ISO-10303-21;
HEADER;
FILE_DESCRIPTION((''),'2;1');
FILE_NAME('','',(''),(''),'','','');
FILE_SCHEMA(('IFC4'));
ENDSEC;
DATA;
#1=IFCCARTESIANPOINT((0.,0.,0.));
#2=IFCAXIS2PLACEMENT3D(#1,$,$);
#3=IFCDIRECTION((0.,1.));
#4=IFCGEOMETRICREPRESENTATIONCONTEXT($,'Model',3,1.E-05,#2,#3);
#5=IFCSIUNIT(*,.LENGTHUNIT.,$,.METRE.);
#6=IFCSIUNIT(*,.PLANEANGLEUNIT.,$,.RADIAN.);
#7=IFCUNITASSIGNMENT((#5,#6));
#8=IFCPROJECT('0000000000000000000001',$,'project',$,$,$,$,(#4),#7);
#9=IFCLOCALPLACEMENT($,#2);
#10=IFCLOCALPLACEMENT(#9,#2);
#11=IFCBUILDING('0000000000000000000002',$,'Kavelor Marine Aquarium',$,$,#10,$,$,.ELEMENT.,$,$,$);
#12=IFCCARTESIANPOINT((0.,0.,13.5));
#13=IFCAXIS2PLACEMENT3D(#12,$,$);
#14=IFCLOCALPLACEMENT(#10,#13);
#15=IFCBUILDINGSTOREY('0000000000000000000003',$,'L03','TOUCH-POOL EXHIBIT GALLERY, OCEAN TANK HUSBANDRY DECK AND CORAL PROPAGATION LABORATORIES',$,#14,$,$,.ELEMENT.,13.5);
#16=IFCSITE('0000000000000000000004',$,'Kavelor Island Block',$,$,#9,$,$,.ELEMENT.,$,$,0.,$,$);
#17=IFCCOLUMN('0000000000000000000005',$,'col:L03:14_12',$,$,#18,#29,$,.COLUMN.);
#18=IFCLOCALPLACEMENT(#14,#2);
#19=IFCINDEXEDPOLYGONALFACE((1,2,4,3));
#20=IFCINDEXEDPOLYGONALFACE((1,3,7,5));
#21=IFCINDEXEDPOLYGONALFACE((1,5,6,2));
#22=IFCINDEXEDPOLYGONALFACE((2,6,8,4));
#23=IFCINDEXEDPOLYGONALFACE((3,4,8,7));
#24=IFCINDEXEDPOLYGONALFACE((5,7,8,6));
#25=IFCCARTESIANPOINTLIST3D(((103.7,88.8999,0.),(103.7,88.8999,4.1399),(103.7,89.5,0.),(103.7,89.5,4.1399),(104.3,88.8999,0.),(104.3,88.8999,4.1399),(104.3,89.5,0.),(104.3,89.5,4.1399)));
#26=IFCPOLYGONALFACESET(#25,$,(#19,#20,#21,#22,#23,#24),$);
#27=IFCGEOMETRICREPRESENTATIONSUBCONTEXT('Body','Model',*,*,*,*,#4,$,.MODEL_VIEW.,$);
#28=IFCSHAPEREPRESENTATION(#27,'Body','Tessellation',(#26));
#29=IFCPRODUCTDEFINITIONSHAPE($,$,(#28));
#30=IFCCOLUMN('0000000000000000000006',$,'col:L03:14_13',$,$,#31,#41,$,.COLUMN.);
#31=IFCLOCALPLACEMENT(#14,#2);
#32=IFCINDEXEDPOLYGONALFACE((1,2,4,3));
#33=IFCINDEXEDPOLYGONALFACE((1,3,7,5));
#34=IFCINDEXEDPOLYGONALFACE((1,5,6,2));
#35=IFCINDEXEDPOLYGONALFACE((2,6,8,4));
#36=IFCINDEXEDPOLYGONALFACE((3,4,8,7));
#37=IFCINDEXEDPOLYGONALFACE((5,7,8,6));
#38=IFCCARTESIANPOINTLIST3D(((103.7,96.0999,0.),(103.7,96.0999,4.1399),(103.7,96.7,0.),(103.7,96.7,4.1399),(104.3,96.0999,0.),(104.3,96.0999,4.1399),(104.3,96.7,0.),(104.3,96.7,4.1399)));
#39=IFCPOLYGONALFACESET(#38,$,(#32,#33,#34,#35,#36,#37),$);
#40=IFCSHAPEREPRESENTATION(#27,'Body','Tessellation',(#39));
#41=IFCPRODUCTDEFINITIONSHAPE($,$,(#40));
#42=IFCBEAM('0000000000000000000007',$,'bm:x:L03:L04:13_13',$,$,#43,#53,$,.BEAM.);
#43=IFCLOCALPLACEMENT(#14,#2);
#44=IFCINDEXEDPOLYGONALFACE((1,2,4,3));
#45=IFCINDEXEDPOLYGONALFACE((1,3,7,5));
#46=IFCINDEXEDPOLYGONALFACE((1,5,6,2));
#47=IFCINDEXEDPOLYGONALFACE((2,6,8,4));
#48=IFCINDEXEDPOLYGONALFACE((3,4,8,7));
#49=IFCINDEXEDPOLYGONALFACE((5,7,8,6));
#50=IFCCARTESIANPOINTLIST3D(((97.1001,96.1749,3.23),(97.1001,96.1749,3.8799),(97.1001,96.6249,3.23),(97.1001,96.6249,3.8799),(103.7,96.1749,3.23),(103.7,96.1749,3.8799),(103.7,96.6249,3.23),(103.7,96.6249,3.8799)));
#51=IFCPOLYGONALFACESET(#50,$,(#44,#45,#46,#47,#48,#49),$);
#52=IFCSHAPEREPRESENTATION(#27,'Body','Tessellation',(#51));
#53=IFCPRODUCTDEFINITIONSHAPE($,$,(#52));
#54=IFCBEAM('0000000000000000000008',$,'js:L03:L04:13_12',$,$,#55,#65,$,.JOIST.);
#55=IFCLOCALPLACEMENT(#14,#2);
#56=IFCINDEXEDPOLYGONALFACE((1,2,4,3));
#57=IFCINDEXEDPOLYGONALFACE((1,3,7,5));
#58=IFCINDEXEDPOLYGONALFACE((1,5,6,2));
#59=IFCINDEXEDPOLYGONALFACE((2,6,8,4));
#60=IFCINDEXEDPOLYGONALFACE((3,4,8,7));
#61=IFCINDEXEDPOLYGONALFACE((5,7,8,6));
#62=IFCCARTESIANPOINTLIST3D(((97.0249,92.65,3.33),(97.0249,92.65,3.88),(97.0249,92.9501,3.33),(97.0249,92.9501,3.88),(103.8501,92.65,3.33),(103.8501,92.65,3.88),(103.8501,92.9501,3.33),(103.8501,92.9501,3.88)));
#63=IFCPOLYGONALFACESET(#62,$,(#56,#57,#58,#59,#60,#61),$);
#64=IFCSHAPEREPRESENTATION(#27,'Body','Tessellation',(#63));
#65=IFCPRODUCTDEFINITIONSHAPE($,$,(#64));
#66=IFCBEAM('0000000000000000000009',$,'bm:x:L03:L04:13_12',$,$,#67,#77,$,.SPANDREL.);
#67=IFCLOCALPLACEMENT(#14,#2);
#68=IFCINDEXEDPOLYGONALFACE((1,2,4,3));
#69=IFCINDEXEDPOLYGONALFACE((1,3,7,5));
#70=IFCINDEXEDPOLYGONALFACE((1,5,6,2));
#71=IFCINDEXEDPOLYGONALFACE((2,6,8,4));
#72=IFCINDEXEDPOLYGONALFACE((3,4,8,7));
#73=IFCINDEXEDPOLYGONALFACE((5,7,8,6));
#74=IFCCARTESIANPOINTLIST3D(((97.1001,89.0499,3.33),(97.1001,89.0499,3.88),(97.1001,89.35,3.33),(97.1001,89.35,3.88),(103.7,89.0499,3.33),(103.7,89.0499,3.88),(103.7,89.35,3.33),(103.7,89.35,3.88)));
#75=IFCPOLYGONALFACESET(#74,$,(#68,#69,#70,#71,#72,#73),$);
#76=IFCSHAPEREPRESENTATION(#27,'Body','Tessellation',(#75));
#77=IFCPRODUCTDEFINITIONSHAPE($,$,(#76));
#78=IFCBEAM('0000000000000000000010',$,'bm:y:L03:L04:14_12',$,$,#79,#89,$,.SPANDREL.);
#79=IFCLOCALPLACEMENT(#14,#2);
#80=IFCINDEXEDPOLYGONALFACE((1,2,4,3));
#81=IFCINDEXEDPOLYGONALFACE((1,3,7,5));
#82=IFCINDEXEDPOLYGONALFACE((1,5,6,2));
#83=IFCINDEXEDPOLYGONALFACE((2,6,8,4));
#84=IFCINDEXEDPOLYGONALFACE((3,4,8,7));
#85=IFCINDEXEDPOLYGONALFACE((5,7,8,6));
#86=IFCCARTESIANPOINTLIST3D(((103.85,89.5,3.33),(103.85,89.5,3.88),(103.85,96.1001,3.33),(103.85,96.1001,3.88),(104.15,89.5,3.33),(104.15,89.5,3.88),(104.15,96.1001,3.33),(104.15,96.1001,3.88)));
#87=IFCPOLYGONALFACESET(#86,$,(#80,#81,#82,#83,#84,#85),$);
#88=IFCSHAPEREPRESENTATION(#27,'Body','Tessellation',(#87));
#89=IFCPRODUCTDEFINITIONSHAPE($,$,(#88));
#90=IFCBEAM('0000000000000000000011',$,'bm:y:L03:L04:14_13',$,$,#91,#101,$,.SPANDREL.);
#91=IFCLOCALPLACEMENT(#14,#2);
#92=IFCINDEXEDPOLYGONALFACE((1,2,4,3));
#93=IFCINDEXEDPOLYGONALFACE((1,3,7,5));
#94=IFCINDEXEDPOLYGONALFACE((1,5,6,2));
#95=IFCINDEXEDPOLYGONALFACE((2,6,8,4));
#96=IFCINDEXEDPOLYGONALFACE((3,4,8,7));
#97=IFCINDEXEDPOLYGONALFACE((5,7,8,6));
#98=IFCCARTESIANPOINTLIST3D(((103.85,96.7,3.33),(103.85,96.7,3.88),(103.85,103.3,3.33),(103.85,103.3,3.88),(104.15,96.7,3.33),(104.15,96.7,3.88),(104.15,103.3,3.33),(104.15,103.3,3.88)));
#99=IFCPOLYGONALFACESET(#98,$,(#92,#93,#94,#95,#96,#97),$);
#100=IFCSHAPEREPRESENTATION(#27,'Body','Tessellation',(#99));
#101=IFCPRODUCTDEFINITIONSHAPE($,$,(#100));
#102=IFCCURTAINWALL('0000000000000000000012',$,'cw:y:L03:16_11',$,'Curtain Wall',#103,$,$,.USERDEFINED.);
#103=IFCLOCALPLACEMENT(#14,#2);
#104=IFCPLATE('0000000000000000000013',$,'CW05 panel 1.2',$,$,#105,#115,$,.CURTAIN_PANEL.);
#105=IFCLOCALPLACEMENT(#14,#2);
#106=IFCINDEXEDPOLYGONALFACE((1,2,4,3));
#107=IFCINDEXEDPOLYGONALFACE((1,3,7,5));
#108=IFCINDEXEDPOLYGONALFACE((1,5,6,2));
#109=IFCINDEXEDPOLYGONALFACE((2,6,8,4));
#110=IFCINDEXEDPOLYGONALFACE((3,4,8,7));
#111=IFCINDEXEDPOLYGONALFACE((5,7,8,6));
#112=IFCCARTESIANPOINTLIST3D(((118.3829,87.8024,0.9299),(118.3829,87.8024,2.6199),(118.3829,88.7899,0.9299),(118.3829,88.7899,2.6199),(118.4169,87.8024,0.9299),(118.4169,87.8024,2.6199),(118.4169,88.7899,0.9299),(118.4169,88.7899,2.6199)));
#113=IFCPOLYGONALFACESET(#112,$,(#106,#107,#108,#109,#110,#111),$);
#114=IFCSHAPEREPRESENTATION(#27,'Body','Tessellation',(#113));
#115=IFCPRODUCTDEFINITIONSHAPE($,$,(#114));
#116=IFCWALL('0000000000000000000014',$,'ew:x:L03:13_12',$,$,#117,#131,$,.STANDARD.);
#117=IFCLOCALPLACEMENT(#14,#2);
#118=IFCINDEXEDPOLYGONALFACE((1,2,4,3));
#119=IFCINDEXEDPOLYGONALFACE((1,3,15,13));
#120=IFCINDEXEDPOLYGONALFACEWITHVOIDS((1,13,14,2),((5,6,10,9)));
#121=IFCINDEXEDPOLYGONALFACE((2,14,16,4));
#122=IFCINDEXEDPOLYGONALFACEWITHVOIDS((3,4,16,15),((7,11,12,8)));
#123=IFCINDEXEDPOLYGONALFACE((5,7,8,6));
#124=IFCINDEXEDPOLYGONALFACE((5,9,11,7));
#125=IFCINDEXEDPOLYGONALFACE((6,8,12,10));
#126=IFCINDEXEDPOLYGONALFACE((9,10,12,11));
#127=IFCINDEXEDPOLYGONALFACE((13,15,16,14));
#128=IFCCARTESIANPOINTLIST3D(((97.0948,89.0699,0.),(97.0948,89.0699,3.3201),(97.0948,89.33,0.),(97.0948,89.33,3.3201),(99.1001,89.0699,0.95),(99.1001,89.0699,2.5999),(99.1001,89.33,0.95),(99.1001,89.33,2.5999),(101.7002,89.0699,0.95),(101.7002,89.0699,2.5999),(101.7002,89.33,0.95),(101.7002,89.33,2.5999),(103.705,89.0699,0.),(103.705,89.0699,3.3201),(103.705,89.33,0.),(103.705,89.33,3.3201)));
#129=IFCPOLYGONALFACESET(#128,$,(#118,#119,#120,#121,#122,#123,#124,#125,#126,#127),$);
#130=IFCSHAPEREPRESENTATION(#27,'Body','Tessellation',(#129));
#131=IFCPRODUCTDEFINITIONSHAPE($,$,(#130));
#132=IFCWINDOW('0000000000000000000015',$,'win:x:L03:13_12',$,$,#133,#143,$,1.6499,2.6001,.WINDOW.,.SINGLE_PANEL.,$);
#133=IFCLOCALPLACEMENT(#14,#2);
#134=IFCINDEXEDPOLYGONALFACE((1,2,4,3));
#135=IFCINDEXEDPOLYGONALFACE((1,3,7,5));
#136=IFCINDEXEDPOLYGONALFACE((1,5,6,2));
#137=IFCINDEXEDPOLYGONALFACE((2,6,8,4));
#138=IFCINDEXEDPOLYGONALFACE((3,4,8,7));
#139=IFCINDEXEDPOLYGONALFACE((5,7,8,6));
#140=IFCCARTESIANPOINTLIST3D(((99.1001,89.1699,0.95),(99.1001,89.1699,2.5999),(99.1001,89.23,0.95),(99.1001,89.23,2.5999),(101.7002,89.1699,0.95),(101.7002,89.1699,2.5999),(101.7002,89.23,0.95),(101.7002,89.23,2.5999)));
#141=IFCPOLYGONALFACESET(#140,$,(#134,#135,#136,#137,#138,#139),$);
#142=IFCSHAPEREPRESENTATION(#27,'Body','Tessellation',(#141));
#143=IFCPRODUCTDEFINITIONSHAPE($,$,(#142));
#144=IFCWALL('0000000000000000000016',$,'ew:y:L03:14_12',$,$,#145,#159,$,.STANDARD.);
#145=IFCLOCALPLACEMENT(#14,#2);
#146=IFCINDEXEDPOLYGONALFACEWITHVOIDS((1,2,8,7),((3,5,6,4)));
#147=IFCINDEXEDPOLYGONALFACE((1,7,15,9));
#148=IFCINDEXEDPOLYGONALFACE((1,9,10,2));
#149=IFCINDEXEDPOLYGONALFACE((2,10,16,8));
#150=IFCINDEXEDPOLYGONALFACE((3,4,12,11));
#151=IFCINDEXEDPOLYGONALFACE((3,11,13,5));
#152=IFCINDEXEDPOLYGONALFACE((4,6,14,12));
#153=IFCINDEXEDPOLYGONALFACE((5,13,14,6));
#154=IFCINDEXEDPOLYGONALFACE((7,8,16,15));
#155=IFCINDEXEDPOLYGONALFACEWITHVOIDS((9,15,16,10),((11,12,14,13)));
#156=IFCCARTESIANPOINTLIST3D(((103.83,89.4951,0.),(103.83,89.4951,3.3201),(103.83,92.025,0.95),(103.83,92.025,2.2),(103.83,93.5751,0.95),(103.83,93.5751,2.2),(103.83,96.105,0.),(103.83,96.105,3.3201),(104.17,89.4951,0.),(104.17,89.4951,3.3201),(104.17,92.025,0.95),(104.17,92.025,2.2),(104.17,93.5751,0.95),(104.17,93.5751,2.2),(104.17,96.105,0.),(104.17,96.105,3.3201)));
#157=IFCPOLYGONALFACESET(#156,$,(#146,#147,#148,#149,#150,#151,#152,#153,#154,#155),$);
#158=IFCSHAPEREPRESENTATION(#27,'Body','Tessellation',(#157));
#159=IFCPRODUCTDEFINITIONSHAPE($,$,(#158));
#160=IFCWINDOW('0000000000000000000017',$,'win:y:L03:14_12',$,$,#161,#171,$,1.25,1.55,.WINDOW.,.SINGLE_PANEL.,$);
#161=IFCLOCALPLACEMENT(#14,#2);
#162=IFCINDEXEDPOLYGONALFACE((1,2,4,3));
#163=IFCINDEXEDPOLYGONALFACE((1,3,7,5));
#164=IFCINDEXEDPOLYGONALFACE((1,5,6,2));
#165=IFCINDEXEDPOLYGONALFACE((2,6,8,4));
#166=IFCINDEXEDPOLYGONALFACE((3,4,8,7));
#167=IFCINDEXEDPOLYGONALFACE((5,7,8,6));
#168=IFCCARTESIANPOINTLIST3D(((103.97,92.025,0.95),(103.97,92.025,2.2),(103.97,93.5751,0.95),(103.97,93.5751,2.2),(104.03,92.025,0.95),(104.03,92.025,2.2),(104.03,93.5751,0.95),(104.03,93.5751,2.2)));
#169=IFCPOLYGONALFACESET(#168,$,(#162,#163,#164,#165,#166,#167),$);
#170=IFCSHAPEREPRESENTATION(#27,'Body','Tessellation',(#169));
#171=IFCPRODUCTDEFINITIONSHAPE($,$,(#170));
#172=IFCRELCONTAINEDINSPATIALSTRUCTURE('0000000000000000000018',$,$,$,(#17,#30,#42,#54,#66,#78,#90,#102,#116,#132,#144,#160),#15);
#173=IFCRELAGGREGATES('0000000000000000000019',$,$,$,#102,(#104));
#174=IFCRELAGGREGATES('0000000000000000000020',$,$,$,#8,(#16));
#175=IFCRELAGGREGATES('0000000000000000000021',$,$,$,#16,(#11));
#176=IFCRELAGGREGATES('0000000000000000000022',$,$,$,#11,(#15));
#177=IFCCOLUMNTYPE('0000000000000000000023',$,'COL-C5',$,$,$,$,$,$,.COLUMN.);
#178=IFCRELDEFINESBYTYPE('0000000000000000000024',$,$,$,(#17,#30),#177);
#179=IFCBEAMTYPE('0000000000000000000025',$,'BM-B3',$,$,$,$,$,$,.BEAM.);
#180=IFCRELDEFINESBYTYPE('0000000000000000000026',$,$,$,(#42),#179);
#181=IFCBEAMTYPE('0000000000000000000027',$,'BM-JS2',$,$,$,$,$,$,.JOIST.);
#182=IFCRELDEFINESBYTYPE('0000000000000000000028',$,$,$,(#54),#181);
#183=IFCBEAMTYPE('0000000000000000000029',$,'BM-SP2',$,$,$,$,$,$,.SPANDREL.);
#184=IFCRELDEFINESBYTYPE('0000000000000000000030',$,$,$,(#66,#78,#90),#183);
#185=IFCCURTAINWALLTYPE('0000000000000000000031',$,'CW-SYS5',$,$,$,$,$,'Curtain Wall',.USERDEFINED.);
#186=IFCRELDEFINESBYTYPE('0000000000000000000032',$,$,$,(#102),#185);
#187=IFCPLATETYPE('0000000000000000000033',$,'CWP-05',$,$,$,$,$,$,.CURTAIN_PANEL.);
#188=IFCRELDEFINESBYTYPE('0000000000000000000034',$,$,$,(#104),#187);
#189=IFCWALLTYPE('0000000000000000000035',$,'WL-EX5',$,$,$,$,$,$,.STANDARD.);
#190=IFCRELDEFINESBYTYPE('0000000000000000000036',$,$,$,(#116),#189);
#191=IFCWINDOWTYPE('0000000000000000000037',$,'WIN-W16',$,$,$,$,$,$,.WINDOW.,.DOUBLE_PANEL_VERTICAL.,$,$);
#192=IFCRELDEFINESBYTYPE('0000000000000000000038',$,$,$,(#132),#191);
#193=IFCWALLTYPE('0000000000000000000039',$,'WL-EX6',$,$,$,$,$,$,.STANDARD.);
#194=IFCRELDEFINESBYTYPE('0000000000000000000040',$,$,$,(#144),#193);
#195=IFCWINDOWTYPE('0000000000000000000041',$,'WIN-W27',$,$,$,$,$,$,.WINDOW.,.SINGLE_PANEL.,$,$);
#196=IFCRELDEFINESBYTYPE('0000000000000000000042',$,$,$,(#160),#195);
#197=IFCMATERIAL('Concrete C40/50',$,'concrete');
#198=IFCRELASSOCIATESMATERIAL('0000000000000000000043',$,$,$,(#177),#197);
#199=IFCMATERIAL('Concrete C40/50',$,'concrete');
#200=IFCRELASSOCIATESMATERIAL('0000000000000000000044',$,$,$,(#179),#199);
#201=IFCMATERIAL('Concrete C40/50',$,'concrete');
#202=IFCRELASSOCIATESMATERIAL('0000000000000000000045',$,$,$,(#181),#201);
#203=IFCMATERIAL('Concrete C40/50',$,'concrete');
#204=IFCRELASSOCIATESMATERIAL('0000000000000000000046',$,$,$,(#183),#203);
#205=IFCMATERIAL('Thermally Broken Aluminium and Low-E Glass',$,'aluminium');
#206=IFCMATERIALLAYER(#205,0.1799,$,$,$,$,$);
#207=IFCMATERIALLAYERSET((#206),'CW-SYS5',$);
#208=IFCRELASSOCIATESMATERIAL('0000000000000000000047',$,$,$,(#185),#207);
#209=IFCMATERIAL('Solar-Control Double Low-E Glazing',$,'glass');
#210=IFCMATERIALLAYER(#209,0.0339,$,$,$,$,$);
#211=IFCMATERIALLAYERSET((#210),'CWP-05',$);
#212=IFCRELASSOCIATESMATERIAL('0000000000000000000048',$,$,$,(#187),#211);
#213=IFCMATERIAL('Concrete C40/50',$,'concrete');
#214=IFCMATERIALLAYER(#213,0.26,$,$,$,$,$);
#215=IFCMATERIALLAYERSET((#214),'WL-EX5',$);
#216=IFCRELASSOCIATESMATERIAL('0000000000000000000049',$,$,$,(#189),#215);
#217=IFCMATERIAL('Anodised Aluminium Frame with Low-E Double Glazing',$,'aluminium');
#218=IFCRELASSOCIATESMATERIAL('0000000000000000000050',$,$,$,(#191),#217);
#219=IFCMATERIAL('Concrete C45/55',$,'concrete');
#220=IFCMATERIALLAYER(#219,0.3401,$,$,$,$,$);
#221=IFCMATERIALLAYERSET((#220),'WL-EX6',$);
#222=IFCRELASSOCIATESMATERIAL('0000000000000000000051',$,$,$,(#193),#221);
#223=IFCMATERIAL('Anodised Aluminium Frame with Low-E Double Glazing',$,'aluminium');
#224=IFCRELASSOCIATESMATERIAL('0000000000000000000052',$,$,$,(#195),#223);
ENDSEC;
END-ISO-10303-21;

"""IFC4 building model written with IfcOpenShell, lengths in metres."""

from ifc_helpers import new_model, si_unit, direction, frame, frame_2d, origin, origin_2d, place, context, subcontext, project, spatial, rectangle, extrude, material, layer, layer_set, material_profile, profile_set, type_object, element, fill, aggregate, save


model = new_model("IFC4")

# Units and contexts
model_context = context("Model", 3, precision=1e-05, world=origin(), true_north=direction((0.0, 1.0)))
body_context = subcontext(model_context, "Body", "Model", "MODEL_VIEW")
ifc_project = project(units=[si_unit("LENGTHUNIT", "METRE"), si_unit("PLANEANGLEUNIT", "RADIAN")], contexts=[model_context])

# Site, building, storey
site_placement = place(None, origin())
site = spatial("IfcSite", under=ifc_project, at=site_placement, Name="Kavelor Island Block", CompositionType="ELEMENT", RefElevation=0.0)
building_placement = place(site_placement, origin())
building = spatial("IfcBuilding", under=site, at=building_placement, Name="Kavelor Marine Aquarium", CompositionType="ELEMENT")
storey_placement = place(building_placement, frame((0.0, 0.0, 13.5)))
storey = spatial("IfcBuildingStorey", under=building, at=storey_placement, Name="L03", Description="TOUCH-POOL EXHIBIT GALLERY, OCEAN TANK HUSBANDRY DECK AND CORAL PROPAGATION LABORATORIES", CompositionType="ELEMENT", Elevation=13.5)

# Columns
ifc_material_1 = material(Name="Concrete C40/50", Category="concrete")
ifc_material_profile_1 = material_profile(ifc_material_1, rectangle(XDim=0.6001, YDim=0.6001, at=origin_2d()), Name="RC-COL 600x600")
ifc_profile_set_1 = profile_set([ifc_material_profile_1], Name="Concrete C40/50")
column_type = type_object("IfcColumnType", Name="COL-C5", PredefinedType="COLUMN", material=ifc_profile_set_1)
for number, where, z_axis, x_axis, name in (
    (1, (104.0, 89.2, 0.0), (0.0, 0.0, 1.0), (1.0, 0.0, 0.0), "col:L03:14_12"),
    (2, (104.0, 96.3999, 0.0), (0.0, 0.0, 1.0), (1.0, 0.0, 0.0), "col:L03:14_13"),
):
    element("IfcColumn", number, at=place(storey_placement, frame(where, z_axis=z_axis, x_axis=x_axis)), inside=storey, type_object=column_type, Name=name, PredefinedType="COLUMN", context=body_context, shape_type="SweptSolid", body=[
        extrude(rectangle(XDim=0.6001, YDim=0.6001, at=origin_2d()), origin(), (0.0, 0.0, 1.0), 4.1399),
    ])

# Beams
ifc_material_2 = material(Name="Concrete C40/50", Category="concrete")
ifc_material_profile_2 = material_profile(ifc_material_2, rectangle(XDim=0.45, YDim=0.6499, at=origin_2d()), Name="RC-BM 450x650")
ifc_profile_set_2 = profile_set([ifc_material_profile_2], Name="Concrete C40/50")
beam_type_1 = type_object("IfcBeamType", Name="BM-B3", PredefinedType="BEAM", material=ifc_profile_set_2)
beam_1_placement = place(storey_placement, frame((97.1001, 96.3999, 3.5549), z_axis=(1.0, 0.0, 0.0), x_axis=(0.0, 1.0, 0.0)))
element("IfcBeam", 3, at=beam_1_placement, inside=storey, type_object=beam_type_1, Name="bm:x:L03:L04:13_13", PredefinedType="BEAM", context=body_context, shape_type="SweptSolid", body=[
    extrude(rectangle(XDim=0.45, YDim=0.6499, at=origin_2d()), origin(), (0.0, 0.0, 1.0), 6.5999),
])
ifc_material_3 = material(Name="Concrete C40/50", Category="concrete")
ifc_material_profile_3 = material_profile(ifc_material_3, rectangle(XDim=0.3, YDim=0.55, at=origin_2d()), Name="RC-JS 300x550")
ifc_profile_set_3 = profile_set([ifc_material_profile_3], Name="Concrete C40/50")
beam_type_2 = type_object("IfcBeamType", Name="BM-JS2", PredefinedType="JOIST", material=ifc_profile_set_3)
beam_2_placement = place(storey_placement, frame((97.0249, 92.8, 3.605), z_axis=(1.0, 0.0, 0.0), x_axis=(0.0, 1.0, 0.0)))
element("IfcBeam", 4, at=beam_2_placement, inside=storey, type_object=beam_type_2, Name="js:L03:L04:13_12", PredefinedType="JOIST", context=body_context, shape_type="SweptSolid", body=[
    extrude(rectangle(XDim=0.3, YDim=0.55, at=origin_2d()), origin(), (0.0, 0.0, 1.0), 6.8252),
])
ifc_material_4 = material(Name="Concrete C40/50", Category="concrete")
ifc_material_profile_4 = material_profile(ifc_material_4, rectangle(XDim=0.3, YDim=0.55, at=origin_2d()), Name="RC-SP 300x550")
ifc_profile_set_4 = profile_set([ifc_material_profile_4], Name="Concrete C40/50")
beam_type_3 = type_object("IfcBeamType", Name="BM-SP2", PredefinedType="SPANDREL", material=ifc_profile_set_4)
beam_3_placement = place(storey_placement, frame((97.1001, 89.2, 3.605), z_axis=(1.0, 0.0, 0.0), x_axis=(0.0, 1.0, 0.0)))
element("IfcBeam", 5, at=beam_3_placement, inside=storey, type_object=beam_type_3, Name="bm:x:L03:L04:13_12", PredefinedType="SPANDREL", context=body_context, shape_type="SweptSolid", body=[
    extrude(rectangle(XDim=0.3, YDim=0.55, at=origin_2d()), origin(), (0.0, 0.0, 1.0), 6.5999),
])
for number, where, z_axis, x_axis, name in (
    (6, (104.0, 89.5, 3.605), (0.0, 1.0, 0.0), (-1.0, 0.0, 0.0), "bm:y:L03:L04:14_12"),
    (7, (104.0, 96.7, 3.605), (0.0, 1.0, 0.0), (-1.0, 0.0, 0.0), "bm:y:L03:L04:14_13"),
):
    element("IfcBeam", number, at=place(storey_placement, frame(where, z_axis=z_axis, x_axis=x_axis)), inside=storey, type_object=beam_type_3, Name=name, PredefinedType="SPANDREL", context=body_context, shape_type="SweptSolid", body=[
        extrude(rectangle(XDim=0.3, YDim=0.55, at=origin_2d()), origin(), (0.0, 0.0, 1.0), 6.6001),
    ])

# Curtain wall, plate
ifc_material_5 = material(Name="Thermally Broken Aluminium and Low-E Glass", Category="aluminium")
ifc_layer_1 = layer(ifc_material_5, 0.1799)
ifc_layer_set_1 = layer_set([ifc_layer_1], Name="CW-SYS5")
curtain_wall_type = type_object("IfcCurtainWallType", Name="CW-SYS5", ElementType="Curtain Wall", PredefinedType="USERDEFINED", material=ifc_layer_set_1)
curtain_wall_placement = place(storey_placement, origin())
curtain_wall = element("IfcCurtainWall", 8, at=curtain_wall_placement, inside=storey, type_object=curtain_wall_type, Name="cw:y:L03:16_11", ObjectType="Curtain Wall", PredefinedType="USERDEFINED")
ifc_material_6 = material(Name="Solar-Control Double Low-E Glazing", Category="glass")
ifc_layer_2 = layer(ifc_material_6, 0.0339)
ifc_layer_set_2 = layer_set([ifc_layer_2], Name="CWP-05")
plate_type = type_object("IfcPlateType", Name="CWP-05", PredefinedType="CURTAIN_PANEL", material=ifc_layer_set_2)
plate_placement = place(storey_placement, frame((118.3999, 88.2961, 0.9299), z_axis=(0.0, 0.0, 1.0), x_axis=(0.0, -1.0, 0.0)))
plate = element("IfcPlate", 9, at=plate_placement, type_object=plate_type, Name="CW05 panel 1.2", PredefinedType="CURTAIN_PANEL", context=body_context, shape_type="SweptSolid", body=[
    extrude(rectangle(XDim=0.9875, YDim=0.0339, at=origin_2d()), origin(), (0.0, 0.0, 1.0), 1.6899),
])
aggregate(curtain_wall, [plate])

# Walls, openings, windows
ifc_material_7 = material(Name="Concrete C40/50", Category="concrete")
ifc_layer_3 = layer(ifc_material_7, 0.26)
ifc_layer_set_3 = layer_set([ifc_layer_3], Name="WL-EX5")
wall_type_1 = type_object("IfcWallType", Name="WL-EX5", PredefinedType="STANDARD", material=ifc_layer_set_3)
wall_1_placement = place(storey_placement, frame((103.7051, 89.2, 0.0), z_axis=(0.0, 0.0, 1.0), x_axis=(-1.0, 0.0, 0.0)))
wall_1 = element("IfcWall", 10, at=wall_1_placement, inside=storey, type_object=wall_type_1, Name="ew:x:L03:13_12", PredefinedType="STANDARD", context=body_context, shape_type="SweptSolid", body=[
    extrude(rectangle(XDim=6.6101, YDim=0.26, at=frame_2d((3.3052, 0.0))), origin(), (0.0, 0.0, 1.0), 3.3201),
])
opening_1_placement = place(wall_1_placement, frame((2.0049, 0.0, 0.95)))
opening_1 = element("IfcOpeningElement", 11, at=opening_1_placement, cuts=wall_1, PredefinedType="OPENING", context=body_context, shape_type="SweptSolid", body=[
    extrude(rectangle(XDim=2.6001, YDim=1.6499, at=frame_2d((1.3, 0.825))), frame((0.0, 0.1399, 0.0), z_axis=(0.0, -1.0, 0.0), x_axis=(1.0, 0.0, 0.0)), (0.0, 0.0, 1.0), 0.28),
])
ifc_material_8 = material(Name="Anodised Aluminium Frame with Low-E Double Glazing", Category="aluminium")
window_type_1 = type_object("IfcWindowType", Name="WIN-W16", PartitioningType="DOUBLE_PANEL_VERTICAL", PredefinedType="WINDOW", material=ifc_material_8)
window_1_placement = place(opening_1_placement, origin())
window_1 = element("IfcWindow", 12, at=window_1_placement, inside=storey, type_object=window_type_1, Name="win:x:L03:13_12", OverallHeight=1.6499, OverallWidth=2.6001, PartitioningType="SINGLE_PANEL", PredefinedType="WINDOW", context=body_context, shape_type="SweptSolid", body=[
    extrude(rectangle(XDim=2.6001, YDim=1.6499, at=frame_2d((1.3, 0.825))), frame((0.0, 0.03, 0.0), z_axis=(0.0, -1.0, 0.0), x_axis=(1.0, 0.0, 0.0)), (0.0, 0.0, 1.0), 0.0601),
])
fill(opening_1, window_1)
ifc_material_9 = material(Name="Concrete C45/55", Category="concrete")
ifc_layer_4 = layer(ifc_material_9, 0.3401)
ifc_layer_set_4 = layer_set([ifc_layer_4], Name="WL-EX6")
wall_type_2 = type_object("IfcWallType", Name="WL-EX6", PredefinedType="STANDARD", material=ifc_layer_set_4)
wall_2_placement = place(storey_placement, frame((104.0, 96.105, 0.0), z_axis=(0.0, 0.0, 1.0), x_axis=(0.0, -1.0, 0.0)))
wall_2 = element("IfcWall", 13, at=wall_2_placement, inside=storey, type_object=wall_type_2, Name="ew:y:L03:14_12", PredefinedType="STANDARD", context=body_context, shape_type="SweptSolid", body=[
    extrude(rectangle(XDim=6.6099, YDim=0.3401, at=frame_2d((3.3049, 0.0))), origin(), (0.0, 0.0, 1.0), 3.3201),
])
opening_2_placement = place(wall_2_placement, frame((2.53, 0.0, 0.95)))
opening_2 = element("IfcOpeningElement", 14, at=opening_2_placement, cuts=wall_2, PredefinedType="OPENING", context=body_context, shape_type="SweptSolid", body=[
    extrude(rectangle(XDim=1.55, YDim=1.25, at=frame_2d((0.7749, 0.625))), frame((0.0, 0.1799, 0.0), z_axis=(0.0, -1.0, 0.0), x_axis=(1.0, 0.0, 0.0)), (0.0, 0.0, 1.0), 0.3601),
])
ifc_material_10 = material(Name="Anodised Aluminium Frame with Low-E Double Glazing", Category="aluminium")
window_type_2 = type_object("IfcWindowType", Name="WIN-W27", PartitioningType="SINGLE_PANEL", PredefinedType="WINDOW", material=ifc_material_10)
window_2_placement = place(opening_2_placement, origin())
window_2 = element("IfcWindow", 15, at=window_2_placement, inside=storey, type_object=window_type_2, Name="win:y:L03:14_12", OverallHeight=1.25, OverallWidth=1.55, PartitioningType="SINGLE_PANEL", PredefinedType="WINDOW", context=body_context, shape_type="SweptSolid", body=[
    extrude(rectangle(XDim=1.55, YDim=1.25, at=frame_2d((0.7749, 0.625))), frame((0.0, 0.03, 0.0), z_axis=(0.0, -1.0, 0.0), x_axis=(1.0, 0.0, 0.0)), (0.0, 0.0, 1.0), 0.0601),
])
fill(opening_2, window_2)

save(model, "model.ifc")
